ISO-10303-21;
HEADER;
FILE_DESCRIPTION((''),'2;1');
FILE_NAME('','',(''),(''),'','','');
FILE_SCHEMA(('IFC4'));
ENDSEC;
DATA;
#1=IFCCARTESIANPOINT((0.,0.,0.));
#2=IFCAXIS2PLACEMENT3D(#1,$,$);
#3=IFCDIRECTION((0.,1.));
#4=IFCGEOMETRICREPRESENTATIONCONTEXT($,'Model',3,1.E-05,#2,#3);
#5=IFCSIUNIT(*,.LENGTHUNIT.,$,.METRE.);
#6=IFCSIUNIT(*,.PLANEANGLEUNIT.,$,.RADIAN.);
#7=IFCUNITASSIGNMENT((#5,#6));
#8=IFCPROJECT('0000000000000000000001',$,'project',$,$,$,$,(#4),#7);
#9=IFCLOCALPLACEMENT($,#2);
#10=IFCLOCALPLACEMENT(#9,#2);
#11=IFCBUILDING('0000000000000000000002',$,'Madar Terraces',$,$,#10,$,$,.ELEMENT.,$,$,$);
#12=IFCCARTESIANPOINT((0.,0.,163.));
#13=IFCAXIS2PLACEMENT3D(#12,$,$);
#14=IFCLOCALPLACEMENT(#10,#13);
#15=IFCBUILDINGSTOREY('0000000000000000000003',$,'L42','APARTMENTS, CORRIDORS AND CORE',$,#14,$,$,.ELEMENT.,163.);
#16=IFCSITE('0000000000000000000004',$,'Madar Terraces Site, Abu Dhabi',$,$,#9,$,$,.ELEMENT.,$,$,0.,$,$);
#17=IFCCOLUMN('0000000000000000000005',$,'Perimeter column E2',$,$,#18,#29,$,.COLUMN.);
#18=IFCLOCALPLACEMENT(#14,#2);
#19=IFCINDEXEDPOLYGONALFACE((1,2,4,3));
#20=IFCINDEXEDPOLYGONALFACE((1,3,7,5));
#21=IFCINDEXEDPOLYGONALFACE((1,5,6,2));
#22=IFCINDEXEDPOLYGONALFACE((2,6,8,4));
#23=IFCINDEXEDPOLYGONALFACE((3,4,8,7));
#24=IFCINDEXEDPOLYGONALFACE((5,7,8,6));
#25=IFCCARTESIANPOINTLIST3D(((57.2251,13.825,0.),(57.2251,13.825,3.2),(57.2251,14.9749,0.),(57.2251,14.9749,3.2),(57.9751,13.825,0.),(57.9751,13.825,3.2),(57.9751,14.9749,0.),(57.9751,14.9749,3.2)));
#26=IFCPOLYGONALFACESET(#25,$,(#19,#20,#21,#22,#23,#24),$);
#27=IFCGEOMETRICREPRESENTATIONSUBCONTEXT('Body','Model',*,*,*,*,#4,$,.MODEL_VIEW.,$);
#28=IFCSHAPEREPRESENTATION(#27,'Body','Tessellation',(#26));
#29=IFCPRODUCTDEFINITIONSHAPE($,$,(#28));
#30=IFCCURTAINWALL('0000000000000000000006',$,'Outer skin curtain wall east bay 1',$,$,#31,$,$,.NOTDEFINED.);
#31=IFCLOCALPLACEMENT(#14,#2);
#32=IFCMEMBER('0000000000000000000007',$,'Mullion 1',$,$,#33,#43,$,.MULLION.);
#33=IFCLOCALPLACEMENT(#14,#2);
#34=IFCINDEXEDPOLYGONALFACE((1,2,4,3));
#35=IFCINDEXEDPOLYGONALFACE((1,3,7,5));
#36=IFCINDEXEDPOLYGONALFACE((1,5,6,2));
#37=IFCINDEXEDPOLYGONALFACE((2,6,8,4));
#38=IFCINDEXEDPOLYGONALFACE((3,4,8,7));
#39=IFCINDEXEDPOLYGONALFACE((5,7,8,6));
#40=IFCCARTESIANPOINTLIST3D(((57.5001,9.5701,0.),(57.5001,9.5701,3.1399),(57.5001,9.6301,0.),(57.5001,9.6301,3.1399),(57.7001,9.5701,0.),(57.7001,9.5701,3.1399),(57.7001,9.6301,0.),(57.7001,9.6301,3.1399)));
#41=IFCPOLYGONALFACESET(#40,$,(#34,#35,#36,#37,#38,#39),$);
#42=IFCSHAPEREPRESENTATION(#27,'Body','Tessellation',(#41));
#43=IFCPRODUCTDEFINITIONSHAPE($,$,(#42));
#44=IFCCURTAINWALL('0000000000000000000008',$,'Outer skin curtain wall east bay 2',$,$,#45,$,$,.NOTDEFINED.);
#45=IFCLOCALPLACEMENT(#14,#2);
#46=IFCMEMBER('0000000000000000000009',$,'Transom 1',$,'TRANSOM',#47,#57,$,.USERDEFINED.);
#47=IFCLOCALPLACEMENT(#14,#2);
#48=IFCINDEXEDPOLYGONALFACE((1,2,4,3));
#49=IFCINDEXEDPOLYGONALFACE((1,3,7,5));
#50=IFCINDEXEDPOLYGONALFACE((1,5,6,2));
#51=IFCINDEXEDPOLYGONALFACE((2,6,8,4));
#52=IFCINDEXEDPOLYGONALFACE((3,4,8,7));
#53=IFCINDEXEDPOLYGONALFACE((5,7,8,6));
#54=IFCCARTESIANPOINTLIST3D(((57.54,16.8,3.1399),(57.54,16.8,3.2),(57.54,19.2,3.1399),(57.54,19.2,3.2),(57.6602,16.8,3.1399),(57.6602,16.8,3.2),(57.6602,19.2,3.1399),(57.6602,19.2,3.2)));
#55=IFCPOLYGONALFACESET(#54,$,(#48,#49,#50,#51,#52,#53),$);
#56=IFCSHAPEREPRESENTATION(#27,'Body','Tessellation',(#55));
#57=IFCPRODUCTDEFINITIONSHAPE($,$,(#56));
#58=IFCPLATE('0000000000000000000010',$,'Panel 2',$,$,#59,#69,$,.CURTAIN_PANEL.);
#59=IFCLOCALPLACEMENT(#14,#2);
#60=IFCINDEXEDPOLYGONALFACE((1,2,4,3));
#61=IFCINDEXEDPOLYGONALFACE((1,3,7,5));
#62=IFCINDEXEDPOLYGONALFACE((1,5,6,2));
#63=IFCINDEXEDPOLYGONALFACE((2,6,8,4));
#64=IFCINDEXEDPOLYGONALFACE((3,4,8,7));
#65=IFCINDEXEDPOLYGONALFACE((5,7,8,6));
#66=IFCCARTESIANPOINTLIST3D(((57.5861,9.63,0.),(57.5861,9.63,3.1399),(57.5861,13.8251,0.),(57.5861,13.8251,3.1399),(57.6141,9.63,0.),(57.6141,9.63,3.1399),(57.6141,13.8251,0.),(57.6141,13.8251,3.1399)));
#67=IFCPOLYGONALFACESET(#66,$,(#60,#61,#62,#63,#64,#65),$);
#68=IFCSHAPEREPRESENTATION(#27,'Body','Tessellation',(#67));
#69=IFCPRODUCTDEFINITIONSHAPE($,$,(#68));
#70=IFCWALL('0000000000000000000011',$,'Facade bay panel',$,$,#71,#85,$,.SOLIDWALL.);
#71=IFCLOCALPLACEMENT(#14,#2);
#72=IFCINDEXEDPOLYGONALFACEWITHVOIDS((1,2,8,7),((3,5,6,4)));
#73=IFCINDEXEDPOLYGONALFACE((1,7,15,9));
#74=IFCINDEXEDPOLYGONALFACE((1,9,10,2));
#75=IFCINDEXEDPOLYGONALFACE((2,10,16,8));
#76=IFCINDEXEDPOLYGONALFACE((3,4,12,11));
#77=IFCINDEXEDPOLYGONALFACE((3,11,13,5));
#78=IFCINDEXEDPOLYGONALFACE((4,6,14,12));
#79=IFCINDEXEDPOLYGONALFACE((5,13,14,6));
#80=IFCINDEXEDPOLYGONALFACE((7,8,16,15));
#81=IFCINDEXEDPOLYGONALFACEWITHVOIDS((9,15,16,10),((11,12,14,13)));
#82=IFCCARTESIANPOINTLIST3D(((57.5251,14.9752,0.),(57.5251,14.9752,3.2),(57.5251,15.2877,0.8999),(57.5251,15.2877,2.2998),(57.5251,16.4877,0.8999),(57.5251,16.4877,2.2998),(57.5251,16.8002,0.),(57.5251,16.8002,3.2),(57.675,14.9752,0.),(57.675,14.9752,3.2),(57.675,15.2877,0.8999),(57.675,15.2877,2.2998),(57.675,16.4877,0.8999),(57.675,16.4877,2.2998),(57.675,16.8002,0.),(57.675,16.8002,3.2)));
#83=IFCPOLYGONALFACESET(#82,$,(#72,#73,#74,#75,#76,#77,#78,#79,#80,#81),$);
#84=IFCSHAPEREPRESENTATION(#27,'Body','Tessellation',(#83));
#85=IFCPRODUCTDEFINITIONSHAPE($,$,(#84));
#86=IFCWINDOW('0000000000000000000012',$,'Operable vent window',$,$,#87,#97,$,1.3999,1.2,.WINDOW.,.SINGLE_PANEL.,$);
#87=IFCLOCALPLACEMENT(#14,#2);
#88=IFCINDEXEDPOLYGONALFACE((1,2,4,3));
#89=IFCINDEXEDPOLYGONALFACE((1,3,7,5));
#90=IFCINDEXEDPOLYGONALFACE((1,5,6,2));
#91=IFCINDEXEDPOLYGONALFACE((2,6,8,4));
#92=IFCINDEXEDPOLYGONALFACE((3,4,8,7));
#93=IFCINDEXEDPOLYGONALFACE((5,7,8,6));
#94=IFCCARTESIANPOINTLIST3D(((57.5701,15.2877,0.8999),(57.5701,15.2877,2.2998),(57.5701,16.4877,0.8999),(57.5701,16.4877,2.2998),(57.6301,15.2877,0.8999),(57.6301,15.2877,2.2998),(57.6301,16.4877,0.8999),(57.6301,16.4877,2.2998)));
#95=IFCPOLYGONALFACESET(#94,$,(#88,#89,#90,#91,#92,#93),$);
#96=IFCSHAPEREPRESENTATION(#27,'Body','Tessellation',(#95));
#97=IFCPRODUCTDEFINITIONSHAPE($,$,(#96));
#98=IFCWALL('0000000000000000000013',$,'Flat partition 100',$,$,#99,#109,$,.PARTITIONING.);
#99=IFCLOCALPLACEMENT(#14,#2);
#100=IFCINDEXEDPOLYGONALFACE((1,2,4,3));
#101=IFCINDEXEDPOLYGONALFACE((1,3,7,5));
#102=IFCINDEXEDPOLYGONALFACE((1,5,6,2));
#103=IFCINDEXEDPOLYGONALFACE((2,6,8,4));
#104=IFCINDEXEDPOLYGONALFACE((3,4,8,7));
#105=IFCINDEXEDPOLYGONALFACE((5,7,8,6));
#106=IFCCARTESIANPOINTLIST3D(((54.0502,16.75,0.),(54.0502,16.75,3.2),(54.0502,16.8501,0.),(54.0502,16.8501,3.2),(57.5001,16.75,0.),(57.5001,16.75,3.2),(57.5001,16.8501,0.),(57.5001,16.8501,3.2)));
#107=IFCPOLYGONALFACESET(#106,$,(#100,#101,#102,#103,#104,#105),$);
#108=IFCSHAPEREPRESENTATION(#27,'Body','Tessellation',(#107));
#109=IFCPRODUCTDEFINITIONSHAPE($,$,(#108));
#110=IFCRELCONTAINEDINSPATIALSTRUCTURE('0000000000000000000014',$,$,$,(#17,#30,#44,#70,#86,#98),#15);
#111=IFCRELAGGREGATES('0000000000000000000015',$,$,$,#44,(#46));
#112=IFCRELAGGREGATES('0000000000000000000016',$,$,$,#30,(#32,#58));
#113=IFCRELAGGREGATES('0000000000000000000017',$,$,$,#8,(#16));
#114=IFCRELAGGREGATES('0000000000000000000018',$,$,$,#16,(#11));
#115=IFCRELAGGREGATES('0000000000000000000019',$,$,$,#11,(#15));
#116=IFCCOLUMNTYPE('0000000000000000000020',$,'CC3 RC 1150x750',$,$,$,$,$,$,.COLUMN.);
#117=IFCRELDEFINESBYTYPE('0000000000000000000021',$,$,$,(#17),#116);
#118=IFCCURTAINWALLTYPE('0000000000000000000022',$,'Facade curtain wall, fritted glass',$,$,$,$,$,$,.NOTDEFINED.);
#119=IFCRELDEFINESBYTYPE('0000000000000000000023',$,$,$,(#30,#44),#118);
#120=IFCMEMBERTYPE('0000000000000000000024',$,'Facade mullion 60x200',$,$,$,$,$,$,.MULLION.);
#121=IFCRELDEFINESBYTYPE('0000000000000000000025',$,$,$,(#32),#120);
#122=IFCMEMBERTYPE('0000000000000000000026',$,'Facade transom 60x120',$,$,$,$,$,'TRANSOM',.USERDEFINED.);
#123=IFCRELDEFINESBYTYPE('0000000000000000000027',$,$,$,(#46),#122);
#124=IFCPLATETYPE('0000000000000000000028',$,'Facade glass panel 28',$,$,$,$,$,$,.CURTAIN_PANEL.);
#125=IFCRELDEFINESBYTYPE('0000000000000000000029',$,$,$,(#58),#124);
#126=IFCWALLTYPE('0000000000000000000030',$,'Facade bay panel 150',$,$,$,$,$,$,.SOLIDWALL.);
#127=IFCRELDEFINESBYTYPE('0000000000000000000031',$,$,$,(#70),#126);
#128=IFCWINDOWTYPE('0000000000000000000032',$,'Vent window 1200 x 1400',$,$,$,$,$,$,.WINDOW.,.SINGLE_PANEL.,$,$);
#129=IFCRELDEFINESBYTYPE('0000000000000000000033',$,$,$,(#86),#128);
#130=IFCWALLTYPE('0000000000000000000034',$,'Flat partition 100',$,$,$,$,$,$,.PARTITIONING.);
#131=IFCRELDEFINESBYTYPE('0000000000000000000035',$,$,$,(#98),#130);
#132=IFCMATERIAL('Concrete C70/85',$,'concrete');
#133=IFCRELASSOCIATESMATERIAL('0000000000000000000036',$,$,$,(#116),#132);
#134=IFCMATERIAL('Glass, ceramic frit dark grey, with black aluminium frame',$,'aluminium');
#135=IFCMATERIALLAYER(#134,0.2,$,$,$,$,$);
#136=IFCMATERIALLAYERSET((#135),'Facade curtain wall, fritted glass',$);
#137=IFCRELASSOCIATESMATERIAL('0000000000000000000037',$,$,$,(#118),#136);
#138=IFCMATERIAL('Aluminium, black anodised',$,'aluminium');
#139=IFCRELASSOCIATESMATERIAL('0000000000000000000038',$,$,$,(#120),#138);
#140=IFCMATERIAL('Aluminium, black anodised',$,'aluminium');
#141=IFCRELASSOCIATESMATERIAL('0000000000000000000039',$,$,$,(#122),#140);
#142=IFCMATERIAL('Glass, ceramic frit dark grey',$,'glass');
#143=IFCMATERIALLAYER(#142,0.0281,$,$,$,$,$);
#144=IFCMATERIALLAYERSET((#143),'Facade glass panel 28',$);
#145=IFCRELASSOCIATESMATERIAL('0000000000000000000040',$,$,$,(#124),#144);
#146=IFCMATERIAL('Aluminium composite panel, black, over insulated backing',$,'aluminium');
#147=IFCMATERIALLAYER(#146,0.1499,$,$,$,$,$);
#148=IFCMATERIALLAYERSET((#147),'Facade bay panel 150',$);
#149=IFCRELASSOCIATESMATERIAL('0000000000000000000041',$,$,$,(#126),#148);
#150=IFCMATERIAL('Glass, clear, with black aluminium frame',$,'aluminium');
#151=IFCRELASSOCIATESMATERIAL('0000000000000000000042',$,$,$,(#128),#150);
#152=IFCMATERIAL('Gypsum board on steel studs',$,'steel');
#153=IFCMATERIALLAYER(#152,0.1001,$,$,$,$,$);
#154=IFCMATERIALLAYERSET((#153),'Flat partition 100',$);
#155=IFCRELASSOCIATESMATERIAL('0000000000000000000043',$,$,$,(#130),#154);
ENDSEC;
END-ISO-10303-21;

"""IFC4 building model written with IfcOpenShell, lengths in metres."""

from ifc_helpers import new_model, si_unit, direction, frame, frame_2d, origin, origin_2d, place, context, subcontext, project, spatial, rectangle, extrude, material, layer, layer_set, material_profile, profile_set, type_object, element, fill, aggregate, save


model = new_model("IFC4")

# Units and contexts
model_context = context("Model", 3, precision=1e-05, world=origin(), true_north=direction((0.0, 1.0)))
body_context = subcontext(model_context, "Body", "Model", "MODEL_VIEW")
ifc_project = project(units=[si_unit("LENGTHUNIT", "METRE"), si_unit("PLANEANGLEUNIT", "RADIAN")], contexts=[model_context])

# Site, building, storey
site_placement = place(None, origin())
site = spatial("IfcSite", under=ifc_project, at=site_placement, Name="Madar Terraces Site, Abu Dhabi", CompositionType="ELEMENT", RefElevation=0.0)
building_placement = place(site_placement, origin())
building = spatial("IfcBuilding", under=site, at=building_placement, Name="Madar Terraces", CompositionType="ELEMENT")
storey_placement = place(building_placement, frame((0.0, 0.0, 163.0)))
storey = spatial("IfcBuildingStorey", under=building, at=storey_placement, Name="L42", Description="APARTMENTS, CORRIDORS AND CORE", CompositionType="ELEMENT", Elevation=163.0)

# Column
ifc_material_1 = material(Name="Concrete C70/85", Category="concrete")
ifc_material_profile_1 = material_profile(ifc_material_1, rectangle(XDim=1.1499, YDim=0.75, at=origin_2d()), Name="CC3 RC 1150x750")
ifc_profile_set_1 = profile_set([ifc_material_profile_1], Name="Concrete C70/85")
column_type = type_object("IfcColumnType", Name="CC3 RC 1150x750", PredefinedType="COLUMN", material=ifc_profile_set_1)
column_placement = place(storey_placement, frame((57.6001, 14.3999, 0.0), z_axis=(0.0, 0.0, 1.0), x_axis=(0.0, 1.0, 0.0)))
element("IfcColumn", 1, at=column_placement, inside=storey, type_object=column_type, Name="Perimeter column E2", PredefinedType="COLUMN", context=body_context, shape_type="SweptSolid", body=[
    extrude(rectangle(XDim=1.1499, YDim=0.75, at=origin_2d()), origin(), (0.0, 0.0, 1.0), 3.2),
])

# Curtain walls, members
ifc_material_2 = material(Name="Glass, ceramic frit dark grey, with black aluminium frame", Category="aluminium")
ifc_layer_1 = layer(ifc_material_2, 0.2)
ifc_layer_set_1 = layer_set([ifc_layer_1], Name="Facade curtain wall, fritted glass")
curtain_wall_type = type_object("IfcCurtainWallType", Name="Facade curtain wall, fritted glass", PredefinedType="NOTDEFINED", material=ifc_layer_set_1)
curtain_wall_1_placement = place(storey_placement, origin())
curtain_wall_1 = element("IfcCurtainWall", 2, at=curtain_wall_1_placement, inside=storey, type_object=curtain_wall_type, Name="Outer skin curtain wall east bay 1", PredefinedType="NOTDEFINED")
ifc_material_3 = material(Name="Aluminium, black anodised", Category="aluminium")
ifc_material_profile_2 = material_profile(ifc_material_3, rectangle(XDim=0.2, YDim=0.0601, at=origin_2d()), Name="Facade mullion 60x200")
ifc_profile_set_2 = profile_set([ifc_material_profile_2], Name="Aluminium, black anodised")
member_type_1 = type_object("IfcMemberType", Name="Facade mullion 60x200", PredefinedType="MULLION", material=ifc_profile_set_2)
member_1_placement = place(storey_placement, frame((57.6001, 9.6001, 0.0), z_axis=(0.0, 0.0, 1.0), x_axis=(-1.0, 0.0, 0.0)))
member_1 = element("IfcMember", 3, at=member_1_placement, type_object=member_type_1, Name="Mullion 1", PredefinedType="MULLION", context=body_context, shape_type="SweptSolid", body=[
    extrude(rectangle(XDim=0.2, YDim=0.0601, at=origin_2d()), origin(), (0.0, 0.0, 1.0), 3.1399),
])
curtain_wall_2_placement = place(storey_placement, origin())
curtain_wall_2 = element("IfcCurtainWall", 4, at=curtain_wall_2_placement, inside=storey, type_object=curtain_wall_type, Name="Outer skin curtain wall east bay 2", PredefinedType="NOTDEFINED")
ifc_material_4 = material(Name="Aluminium, black anodised", Category="aluminium")
ifc_material_profile_3 = material_profile(ifc_material_4, rectangle(XDim=0.1201, YDim=0.0601, at=origin_2d()), Name="Facade transom 60x120")
ifc_profile_set_3 = profile_set([ifc_material_profile_3], Name="Aluminium, black anodised")
member_type_2 = type_object("IfcMemberType", Name="Facade transom 60x120", ElementType="TRANSOM", PredefinedType="USERDEFINED", material=ifc_profile_set_3)
member_2_placement = place(storey_placement, frame((57.6001, 16.8, 3.1699), z_axis=(0.0, 1.0, 0.0), x_axis=(-1.0, 0.0, 0.0)))
member_2 = element("IfcMember", 5, at=member_2_placement, type_object=member_type_2, Name="Transom 1", ObjectType="TRANSOM", PredefinedType="USERDEFINED", context=body_context, shape_type="SweptSolid", body=[
    extrude(rectangle(XDim=0.1201, YDim=0.0601, at=origin_2d()), origin(), (0.0, 0.0, 1.0), 2.3999),
])
aggregate(curtain_wall_2, [member_2])

# Plate
ifc_material_5 = material(Name="Glass, ceramic frit dark grey", Category="glass")
ifc_layer_2 = layer(ifc_material_5, 0.0281)
ifc_layer_set_2 = layer_set([ifc_layer_2], Name="Facade glass panel 28")
plate_type = type_object("IfcPlateType", Name="Facade glass panel 28", PredefinedType="CURTAIN_PANEL", material=ifc_layer_set_2)
plate_placement = place(storey_placement, frame((57.6001, 11.7275, 0.0), z_axis=(0.0, 0.0, 1.0), x_axis=(0.0, 1.0, 0.0)))
plate = element("IfcPlate", 6, at=plate_placement, type_object=plate_type, Name="Panel 2", PredefinedType="CURTAIN_PANEL", context=body_context, shape_type="SweptSolid", body=[
    extrude(rectangle(XDim=4.1951, YDim=0.0281, at=origin_2d()), origin(), (0.0, 0.0, 1.0), 3.1399),
])
aggregate(curtain_wall_1, [member_1, plate])

# Wall, opening, window
ifc_material_6 = material(Name="Aluminium composite panel, black, over insulated backing", Category="aluminium")
ifc_layer_3 = layer(ifc_material_6, 0.1499)
ifc_layer_set_3 = layer_set([ifc_layer_3], Name="Facade bay panel 150")
wall_type_1 = type_object("IfcWallType", Name="Facade bay panel 150", PredefinedType="SOLIDWALL", material=ifc_layer_set_3)
wall_1_placement = place(storey_placement, frame((57.6001, 14.9751, 0.0), z_axis=(0.0, 0.0, 1.0), x_axis=(0.0, 1.0, 0.0)))
wall_1 = element("IfcWall", 7, at=wall_1_placement, inside=storey, type_object=wall_type_1, Name="Facade bay panel", PredefinedType="SOLIDWALL", context=body_context, shape_type="SweptSolid", body=[
    extrude(rectangle(XDim=1.825, YDim=0.1499, at=frame_2d((0.9126, 0.0))), origin(), (0.0, 0.0, 1.0), 3.2),
])
opening_1_placement = place(wall_1_placement, frame((0.3125, 0.0, 0.8999)))
opening_1 = element("IfcOpeningElement", 8, at=opening_1_placement, cuts=wall_1, PredefinedType="OPENING", context=body_context, shape_type="SweptSolid", body=[
    extrude(rectangle(XDim=1.2, YDim=1.3999, at=frame_2d((0.6001, 0.7))), frame((0.0, 0.085, 0.0), z_axis=(0.0, -1.0, 0.0), x_axis=(1.0, 0.0, 0.0)), (0.0, 0.0, 1.0), 0.1699),
])
ifc_material_7 = material(Name="Glass, clear, with black aluminium frame", Category="aluminium")
window_type = type_object("IfcWindowType", Name="Vent window 1200 x 1400", PartitioningType="SINGLE_PANEL", PredefinedType="WINDOW", material=ifc_material_7)
window_placement = place(opening_1_placement, origin())
window = element("IfcWindow", 9, at=window_placement, inside=storey, type_object=window_type, Name="Operable vent window", OverallHeight=1.3999, OverallWidth=1.2, PartitioningType="SINGLE_PANEL", PredefinedType="WINDOW", context=body_context, shape_type="SweptSolid", body=[
    extrude(rectangle(XDim=1.2, YDim=1.3999, at=frame_2d((0.6001, 0.7))), frame((0.0, 0.03, 0.0), z_axis=(0.0, -1.0, 0.0), x_axis=(1.0, 0.0, 0.0)), (0.0, 0.0, 1.0), 0.0601),
])
fill(opening_1, window)

# Wall
ifc_material_8 = material(Name="Gypsum board on steel studs", Category="steel")
ifc_layer_4 = layer(ifc_material_8, 0.1001)
ifc_layer_set_4 = layer_set([ifc_layer_4], Name="Flat partition 100")
wall_type_2 = type_object("IfcWallType", Name="Flat partition 100", PredefinedType="PARTITIONING", material=ifc_layer_set_4)
wall_2_placement = place(storey_placement, frame((54.05, 16.8, 0.0), z_axis=(0.0, 0.0, 1.0), x_axis=(1.0, 0.0, 0.0)))
element("IfcWall", 10, at=wall_2_placement, inside=storey, type_object=wall_type_2, Name="Flat partition 100", PredefinedType="PARTITIONING", context=body_context, shape_type="SweptSolid", body=[
    extrude(rectangle(XDim=3.45, YDim=0.1001, at=frame_2d((1.7251, 0.0))), origin(), (0.0, 0.0, 1.0), 3.2),
])

save(model, "model.ifc")
